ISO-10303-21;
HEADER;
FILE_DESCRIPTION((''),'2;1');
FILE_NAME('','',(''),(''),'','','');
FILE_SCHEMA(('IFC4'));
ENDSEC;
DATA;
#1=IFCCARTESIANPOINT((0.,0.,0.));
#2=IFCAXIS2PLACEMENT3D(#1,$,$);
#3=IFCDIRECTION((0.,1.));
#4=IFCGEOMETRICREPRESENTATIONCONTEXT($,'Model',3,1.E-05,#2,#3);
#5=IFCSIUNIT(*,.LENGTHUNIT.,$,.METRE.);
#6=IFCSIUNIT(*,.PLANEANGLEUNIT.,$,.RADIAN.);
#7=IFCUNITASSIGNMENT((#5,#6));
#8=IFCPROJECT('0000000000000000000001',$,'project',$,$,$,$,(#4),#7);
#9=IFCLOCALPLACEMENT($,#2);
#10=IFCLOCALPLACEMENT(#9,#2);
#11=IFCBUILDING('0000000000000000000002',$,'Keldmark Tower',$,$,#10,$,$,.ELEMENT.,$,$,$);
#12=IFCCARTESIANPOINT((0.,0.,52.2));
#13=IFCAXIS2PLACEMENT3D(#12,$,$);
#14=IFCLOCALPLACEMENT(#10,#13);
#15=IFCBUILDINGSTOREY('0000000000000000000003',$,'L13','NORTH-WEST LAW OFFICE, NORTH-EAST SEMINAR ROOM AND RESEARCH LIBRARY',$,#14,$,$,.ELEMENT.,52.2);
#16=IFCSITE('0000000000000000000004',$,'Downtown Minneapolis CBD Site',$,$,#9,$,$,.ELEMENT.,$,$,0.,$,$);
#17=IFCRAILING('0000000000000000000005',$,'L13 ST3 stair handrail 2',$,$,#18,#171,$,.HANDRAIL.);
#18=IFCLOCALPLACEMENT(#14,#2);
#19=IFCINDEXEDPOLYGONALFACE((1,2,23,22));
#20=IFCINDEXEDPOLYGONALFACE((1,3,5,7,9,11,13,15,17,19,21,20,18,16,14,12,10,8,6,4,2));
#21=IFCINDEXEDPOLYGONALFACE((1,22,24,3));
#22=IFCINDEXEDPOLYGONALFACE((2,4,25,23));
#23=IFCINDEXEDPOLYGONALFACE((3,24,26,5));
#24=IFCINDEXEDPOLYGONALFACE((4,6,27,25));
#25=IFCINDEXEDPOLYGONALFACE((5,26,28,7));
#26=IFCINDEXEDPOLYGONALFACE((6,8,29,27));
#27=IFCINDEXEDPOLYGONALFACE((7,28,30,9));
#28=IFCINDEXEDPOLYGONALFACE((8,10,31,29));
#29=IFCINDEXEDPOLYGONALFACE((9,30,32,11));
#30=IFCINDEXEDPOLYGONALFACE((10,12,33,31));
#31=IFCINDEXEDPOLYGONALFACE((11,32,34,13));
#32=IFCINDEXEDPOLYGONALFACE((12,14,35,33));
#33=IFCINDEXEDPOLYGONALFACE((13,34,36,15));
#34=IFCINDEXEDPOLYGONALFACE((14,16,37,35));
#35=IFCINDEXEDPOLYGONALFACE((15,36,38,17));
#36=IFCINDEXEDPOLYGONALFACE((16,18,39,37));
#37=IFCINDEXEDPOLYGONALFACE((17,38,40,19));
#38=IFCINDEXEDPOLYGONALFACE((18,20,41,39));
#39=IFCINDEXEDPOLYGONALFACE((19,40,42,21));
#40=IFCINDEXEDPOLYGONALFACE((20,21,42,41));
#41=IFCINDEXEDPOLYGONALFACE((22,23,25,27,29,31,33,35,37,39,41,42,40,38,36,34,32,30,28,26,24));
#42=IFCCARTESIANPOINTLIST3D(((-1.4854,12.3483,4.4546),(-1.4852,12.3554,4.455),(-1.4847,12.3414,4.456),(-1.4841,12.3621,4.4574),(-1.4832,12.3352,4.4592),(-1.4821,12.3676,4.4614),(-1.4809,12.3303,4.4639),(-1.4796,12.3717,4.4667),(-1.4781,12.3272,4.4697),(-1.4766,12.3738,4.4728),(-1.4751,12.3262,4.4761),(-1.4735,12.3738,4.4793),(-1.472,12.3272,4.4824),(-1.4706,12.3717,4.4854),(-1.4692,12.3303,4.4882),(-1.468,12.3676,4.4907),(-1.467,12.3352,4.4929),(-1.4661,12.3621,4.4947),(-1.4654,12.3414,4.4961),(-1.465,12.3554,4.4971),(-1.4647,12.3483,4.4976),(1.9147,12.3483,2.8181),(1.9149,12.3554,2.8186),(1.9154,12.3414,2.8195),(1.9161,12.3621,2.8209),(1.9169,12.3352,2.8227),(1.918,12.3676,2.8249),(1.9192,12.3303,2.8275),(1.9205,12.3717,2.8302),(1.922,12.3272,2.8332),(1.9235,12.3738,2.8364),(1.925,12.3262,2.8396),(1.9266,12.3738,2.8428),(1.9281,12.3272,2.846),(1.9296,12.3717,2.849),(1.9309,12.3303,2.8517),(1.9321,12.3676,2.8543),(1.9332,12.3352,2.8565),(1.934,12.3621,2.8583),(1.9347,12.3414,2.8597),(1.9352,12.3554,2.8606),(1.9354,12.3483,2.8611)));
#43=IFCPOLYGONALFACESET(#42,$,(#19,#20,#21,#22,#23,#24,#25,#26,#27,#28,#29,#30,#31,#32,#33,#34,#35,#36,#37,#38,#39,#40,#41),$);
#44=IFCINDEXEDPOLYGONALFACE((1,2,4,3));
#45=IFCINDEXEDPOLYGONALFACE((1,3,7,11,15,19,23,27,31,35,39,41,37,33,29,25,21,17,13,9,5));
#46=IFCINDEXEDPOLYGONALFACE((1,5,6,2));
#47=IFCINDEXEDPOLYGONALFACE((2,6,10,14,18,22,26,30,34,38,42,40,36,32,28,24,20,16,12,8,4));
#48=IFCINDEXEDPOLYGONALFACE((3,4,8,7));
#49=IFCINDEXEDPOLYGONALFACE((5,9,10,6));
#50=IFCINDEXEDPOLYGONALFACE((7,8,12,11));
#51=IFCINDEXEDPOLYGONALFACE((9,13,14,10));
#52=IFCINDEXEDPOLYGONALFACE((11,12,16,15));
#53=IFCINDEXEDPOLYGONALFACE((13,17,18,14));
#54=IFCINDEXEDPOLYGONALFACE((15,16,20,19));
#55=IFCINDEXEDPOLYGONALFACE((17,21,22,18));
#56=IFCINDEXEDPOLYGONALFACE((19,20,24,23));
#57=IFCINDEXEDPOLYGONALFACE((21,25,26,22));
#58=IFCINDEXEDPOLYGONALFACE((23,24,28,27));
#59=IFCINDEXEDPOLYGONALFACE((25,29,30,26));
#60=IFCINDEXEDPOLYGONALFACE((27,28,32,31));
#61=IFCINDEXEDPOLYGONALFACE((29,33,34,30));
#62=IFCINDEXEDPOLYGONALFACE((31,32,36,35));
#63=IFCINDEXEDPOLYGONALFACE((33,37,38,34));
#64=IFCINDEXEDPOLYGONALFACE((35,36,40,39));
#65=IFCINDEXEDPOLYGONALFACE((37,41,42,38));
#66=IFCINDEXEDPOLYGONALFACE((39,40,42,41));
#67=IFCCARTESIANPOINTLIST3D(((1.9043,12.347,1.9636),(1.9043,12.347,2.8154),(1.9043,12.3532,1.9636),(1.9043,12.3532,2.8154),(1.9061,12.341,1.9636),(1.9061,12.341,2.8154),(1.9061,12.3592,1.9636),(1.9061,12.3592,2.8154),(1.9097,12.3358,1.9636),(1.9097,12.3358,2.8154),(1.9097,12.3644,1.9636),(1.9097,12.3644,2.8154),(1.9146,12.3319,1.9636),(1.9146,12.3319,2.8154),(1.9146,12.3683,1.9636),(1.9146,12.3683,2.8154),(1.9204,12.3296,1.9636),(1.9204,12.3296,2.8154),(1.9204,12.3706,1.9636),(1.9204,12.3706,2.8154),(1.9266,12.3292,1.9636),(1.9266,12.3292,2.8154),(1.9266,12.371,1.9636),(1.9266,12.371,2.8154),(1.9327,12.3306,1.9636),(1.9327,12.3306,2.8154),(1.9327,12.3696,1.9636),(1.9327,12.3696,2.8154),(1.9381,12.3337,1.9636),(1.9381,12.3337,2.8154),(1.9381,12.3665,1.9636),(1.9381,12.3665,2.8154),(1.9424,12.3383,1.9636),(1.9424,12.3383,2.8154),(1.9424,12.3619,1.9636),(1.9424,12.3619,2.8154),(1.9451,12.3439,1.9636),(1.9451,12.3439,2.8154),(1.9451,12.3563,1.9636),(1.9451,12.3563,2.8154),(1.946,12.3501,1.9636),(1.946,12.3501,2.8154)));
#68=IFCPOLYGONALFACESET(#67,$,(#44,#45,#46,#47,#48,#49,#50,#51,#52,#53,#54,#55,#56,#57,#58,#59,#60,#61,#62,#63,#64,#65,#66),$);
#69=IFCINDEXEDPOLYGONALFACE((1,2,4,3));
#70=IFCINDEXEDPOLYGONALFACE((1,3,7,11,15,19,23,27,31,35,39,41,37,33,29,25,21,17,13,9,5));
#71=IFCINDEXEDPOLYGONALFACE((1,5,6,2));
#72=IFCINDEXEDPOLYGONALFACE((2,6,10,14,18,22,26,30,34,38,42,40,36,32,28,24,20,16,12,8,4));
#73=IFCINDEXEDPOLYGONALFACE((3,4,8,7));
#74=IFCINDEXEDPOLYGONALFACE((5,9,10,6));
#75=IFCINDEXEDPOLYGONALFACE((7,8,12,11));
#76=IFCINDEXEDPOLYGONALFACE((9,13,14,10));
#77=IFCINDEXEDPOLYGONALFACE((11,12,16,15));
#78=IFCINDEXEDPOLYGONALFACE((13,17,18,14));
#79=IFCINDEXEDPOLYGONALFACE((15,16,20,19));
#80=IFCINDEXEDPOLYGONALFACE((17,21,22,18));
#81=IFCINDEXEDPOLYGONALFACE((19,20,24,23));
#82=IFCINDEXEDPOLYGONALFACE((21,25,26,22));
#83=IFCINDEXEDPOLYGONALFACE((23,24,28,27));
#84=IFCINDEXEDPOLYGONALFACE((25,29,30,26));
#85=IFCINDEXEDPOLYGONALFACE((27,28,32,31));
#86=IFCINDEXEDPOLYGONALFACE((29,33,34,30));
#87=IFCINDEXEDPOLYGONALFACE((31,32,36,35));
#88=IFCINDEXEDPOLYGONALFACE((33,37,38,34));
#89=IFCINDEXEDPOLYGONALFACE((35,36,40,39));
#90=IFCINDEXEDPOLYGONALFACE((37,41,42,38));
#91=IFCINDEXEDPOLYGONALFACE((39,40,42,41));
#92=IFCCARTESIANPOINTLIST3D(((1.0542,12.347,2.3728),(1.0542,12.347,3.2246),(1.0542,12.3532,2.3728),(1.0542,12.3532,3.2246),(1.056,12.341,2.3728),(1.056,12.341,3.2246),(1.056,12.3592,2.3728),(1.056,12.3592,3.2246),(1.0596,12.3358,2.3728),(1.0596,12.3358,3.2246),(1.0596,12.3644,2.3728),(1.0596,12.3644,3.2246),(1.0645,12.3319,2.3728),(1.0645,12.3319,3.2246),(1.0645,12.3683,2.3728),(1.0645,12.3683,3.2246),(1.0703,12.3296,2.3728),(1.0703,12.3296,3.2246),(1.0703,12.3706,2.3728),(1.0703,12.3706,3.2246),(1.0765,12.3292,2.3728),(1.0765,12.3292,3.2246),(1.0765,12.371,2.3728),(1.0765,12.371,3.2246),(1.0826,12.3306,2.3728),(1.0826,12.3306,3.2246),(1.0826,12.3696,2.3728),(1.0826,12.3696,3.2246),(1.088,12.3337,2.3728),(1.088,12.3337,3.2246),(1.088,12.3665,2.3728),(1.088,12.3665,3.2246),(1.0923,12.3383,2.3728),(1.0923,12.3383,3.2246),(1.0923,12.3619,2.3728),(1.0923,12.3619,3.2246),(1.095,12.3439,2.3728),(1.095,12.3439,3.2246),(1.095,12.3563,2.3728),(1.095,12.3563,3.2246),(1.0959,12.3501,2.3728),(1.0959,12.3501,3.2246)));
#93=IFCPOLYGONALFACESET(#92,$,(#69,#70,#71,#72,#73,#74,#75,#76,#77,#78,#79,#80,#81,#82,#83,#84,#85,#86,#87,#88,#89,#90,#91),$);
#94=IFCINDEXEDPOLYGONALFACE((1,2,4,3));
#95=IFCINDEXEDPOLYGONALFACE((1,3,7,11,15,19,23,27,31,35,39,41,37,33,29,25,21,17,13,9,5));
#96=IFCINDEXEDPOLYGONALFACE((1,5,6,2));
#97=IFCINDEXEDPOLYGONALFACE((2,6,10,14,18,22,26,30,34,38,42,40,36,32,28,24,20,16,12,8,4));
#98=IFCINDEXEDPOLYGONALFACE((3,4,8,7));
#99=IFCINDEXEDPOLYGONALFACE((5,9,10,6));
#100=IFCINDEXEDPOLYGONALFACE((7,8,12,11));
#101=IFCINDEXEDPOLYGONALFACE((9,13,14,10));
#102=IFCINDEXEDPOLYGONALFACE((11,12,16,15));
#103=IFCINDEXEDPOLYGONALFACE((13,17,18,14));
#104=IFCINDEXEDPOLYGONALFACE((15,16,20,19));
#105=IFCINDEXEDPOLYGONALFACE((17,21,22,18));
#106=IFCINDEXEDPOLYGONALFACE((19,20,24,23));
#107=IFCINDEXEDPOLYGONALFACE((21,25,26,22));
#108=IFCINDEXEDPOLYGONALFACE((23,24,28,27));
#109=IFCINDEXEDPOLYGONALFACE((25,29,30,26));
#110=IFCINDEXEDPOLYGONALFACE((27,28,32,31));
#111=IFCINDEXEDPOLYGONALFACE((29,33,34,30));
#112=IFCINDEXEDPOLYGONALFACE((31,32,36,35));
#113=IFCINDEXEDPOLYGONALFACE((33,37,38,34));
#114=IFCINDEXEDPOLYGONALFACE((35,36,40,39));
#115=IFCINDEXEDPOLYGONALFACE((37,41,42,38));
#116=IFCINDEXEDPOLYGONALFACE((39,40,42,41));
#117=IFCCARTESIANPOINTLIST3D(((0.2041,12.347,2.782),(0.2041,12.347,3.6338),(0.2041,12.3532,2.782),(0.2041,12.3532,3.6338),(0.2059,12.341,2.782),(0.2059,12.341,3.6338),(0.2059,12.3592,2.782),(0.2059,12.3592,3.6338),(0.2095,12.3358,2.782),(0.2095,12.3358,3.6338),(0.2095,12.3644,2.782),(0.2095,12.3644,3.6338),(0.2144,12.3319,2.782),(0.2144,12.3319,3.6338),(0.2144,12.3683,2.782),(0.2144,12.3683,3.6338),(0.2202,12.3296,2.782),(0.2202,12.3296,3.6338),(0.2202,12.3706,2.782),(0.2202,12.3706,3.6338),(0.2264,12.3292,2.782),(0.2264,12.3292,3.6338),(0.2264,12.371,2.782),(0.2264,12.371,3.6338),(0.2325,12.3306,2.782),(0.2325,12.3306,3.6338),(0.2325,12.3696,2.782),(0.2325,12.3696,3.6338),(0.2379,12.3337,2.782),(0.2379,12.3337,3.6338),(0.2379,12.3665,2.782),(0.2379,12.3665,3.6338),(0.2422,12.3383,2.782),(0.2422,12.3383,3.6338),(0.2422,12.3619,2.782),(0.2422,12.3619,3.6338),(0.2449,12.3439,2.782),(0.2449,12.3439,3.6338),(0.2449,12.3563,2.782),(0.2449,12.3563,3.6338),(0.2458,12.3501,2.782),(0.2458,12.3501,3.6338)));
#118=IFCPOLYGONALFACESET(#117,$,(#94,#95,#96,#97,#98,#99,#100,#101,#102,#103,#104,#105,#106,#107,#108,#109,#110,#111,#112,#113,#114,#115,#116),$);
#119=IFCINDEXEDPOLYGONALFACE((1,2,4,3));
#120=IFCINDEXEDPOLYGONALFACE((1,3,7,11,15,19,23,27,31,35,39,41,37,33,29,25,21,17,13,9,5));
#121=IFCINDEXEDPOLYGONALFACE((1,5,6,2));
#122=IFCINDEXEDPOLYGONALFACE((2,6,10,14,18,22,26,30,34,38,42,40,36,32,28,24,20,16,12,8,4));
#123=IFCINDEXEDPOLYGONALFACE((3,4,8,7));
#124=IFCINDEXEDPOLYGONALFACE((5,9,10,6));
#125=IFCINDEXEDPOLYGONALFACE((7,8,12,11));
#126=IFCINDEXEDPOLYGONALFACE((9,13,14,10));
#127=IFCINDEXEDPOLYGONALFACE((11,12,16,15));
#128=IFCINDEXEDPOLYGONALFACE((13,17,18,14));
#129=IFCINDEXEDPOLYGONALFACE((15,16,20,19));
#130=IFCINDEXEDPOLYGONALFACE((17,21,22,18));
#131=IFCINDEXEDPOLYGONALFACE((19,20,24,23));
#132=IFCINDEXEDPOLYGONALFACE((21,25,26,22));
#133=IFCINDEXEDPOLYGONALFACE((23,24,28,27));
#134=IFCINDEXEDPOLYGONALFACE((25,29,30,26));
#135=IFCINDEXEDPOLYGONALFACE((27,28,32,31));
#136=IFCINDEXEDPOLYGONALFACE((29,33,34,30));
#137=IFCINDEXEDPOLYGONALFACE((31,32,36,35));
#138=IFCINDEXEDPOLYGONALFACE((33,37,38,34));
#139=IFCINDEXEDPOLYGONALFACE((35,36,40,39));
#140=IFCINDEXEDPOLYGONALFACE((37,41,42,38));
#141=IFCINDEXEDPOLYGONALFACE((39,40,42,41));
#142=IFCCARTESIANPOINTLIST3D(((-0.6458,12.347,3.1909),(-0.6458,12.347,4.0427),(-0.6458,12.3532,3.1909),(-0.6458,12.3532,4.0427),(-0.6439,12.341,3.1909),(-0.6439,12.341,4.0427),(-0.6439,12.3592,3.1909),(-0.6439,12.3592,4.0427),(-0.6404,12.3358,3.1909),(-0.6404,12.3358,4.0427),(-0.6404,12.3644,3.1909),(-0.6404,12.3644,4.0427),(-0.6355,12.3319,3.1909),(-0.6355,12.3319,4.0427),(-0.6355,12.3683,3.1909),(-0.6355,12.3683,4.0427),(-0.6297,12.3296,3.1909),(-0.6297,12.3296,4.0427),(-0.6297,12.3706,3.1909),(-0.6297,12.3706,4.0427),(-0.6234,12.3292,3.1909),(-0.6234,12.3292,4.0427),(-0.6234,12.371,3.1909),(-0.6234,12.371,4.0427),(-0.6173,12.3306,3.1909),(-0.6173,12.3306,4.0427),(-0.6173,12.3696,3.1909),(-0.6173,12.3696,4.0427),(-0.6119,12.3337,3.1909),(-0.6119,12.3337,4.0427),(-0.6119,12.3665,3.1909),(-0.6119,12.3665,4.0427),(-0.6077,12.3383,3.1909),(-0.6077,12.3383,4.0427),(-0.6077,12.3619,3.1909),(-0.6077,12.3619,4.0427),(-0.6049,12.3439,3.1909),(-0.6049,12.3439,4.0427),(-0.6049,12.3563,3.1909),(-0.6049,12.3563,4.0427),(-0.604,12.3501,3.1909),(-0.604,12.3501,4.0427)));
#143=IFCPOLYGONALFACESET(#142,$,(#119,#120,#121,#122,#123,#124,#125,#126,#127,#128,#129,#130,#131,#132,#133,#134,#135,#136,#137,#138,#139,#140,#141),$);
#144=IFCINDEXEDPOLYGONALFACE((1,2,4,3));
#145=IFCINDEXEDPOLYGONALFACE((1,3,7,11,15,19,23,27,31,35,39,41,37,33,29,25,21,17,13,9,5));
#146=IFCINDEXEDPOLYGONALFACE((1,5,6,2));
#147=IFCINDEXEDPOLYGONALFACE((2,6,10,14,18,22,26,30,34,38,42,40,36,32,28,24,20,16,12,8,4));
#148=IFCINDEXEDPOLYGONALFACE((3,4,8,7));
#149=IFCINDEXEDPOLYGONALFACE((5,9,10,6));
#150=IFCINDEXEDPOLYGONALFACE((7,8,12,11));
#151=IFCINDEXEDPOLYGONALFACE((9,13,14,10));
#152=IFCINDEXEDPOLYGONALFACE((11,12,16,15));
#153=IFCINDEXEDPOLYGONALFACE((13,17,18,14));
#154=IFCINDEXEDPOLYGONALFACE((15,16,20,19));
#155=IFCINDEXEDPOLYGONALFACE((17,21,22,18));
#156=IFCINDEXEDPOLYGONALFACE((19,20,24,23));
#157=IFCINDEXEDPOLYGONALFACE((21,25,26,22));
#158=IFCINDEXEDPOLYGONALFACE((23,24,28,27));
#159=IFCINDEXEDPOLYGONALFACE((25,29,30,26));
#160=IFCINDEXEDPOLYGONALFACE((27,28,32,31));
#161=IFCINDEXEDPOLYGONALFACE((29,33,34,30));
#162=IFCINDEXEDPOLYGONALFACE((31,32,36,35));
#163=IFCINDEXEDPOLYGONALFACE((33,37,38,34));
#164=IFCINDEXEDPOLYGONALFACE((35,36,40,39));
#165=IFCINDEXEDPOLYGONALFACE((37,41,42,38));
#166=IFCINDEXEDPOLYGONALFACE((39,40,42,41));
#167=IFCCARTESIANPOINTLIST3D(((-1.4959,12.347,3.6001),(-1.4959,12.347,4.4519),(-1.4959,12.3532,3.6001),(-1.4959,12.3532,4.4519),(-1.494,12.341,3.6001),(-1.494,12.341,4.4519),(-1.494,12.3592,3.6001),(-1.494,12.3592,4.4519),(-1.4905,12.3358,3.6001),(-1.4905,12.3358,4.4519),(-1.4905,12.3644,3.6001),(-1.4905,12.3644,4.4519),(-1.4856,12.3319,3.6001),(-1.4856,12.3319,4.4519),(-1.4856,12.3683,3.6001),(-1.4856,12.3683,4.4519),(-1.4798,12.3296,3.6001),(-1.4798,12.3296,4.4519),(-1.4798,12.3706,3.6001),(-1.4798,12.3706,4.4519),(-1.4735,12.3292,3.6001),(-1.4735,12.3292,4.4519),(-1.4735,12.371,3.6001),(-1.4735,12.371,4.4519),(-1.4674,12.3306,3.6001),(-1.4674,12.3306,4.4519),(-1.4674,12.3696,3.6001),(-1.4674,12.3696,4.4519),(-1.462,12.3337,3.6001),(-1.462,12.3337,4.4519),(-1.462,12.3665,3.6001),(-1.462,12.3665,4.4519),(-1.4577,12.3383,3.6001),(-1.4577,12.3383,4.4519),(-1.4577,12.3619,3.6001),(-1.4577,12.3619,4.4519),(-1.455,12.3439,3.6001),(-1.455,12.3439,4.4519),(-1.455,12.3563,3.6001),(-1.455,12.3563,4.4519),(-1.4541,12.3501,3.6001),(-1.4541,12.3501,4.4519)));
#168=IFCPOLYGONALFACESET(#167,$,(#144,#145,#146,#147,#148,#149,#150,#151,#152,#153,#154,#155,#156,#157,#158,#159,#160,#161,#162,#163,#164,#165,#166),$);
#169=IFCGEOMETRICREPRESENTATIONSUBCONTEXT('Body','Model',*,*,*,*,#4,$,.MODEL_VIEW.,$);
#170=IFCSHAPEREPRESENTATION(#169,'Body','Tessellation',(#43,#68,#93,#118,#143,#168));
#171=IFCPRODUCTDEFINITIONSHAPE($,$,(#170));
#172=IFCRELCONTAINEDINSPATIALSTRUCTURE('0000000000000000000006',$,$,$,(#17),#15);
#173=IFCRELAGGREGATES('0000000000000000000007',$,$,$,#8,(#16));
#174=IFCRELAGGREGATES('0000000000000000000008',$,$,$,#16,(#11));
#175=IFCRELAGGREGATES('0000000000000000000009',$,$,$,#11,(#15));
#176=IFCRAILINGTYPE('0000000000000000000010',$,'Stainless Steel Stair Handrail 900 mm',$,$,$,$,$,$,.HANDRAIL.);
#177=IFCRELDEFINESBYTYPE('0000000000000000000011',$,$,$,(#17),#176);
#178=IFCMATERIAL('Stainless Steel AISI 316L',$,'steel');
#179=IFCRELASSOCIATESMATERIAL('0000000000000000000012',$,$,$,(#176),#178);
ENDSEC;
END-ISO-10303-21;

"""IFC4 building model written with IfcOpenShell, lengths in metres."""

from ifc_helpers import new_model, si_unit, direction, frame, origin, origin_2d, place, context, subcontext, project, spatial, circle, extrude, material, type_object, element, save


model = new_model("IFC4")

# Units and contexts
model_context = context("Model", 3, precision=1e-05, world=origin(), true_north=direction((0.0, 1.0)))
body_context = subcontext(model_context, "Body", "Model", "MODEL_VIEW")
ifc_project = project(units=[si_unit("LENGTHUNIT", "METRE"), si_unit("PLANEANGLEUNIT", "RADIAN")], contexts=[model_context])

# Site, building, storey
site_placement = place(None, origin())
site = spatial("IfcSite", under=ifc_project, at=site_placement, Name="Downtown Minneapolis CBD Site", CompositionType="ELEMENT", RefElevation=0.0)
building_placement = place(site_placement, origin())
building = spatial("IfcBuilding", under=site, at=building_placement, Name="Keldmark Tower", CompositionType="ELEMENT")
storey_placement = place(building_placement, frame((0.0, 0.0, 52.2)))
storey = spatial("IfcBuildingStorey", under=building, at=storey_placement, Name="L13", Description="NORTH-WEST LAW OFFICE, NORTH-EAST SEMINAR ROOM AND RESEARCH LIBRARY", CompositionType="ELEMENT", Elevation=52.2)

# Railing
ifc_material_1 = material(Name="Stainless Steel AISI 316L", Category="steel")
railing_type_1 = type_object("IfcRailingType", Name="Stainless Steel Stair Handrail 900 mm", PredefinedType="HANDRAIL", material=ifc_material_1)
railing_1_placement = place(storey_placement, frame((1.925, 12.3501, 1.9636)))
element("IfcRailing", 1, at=railing_1_placement, inside=storey, type_object=railing_type_1, Name="L13 ST3 stair handrail 2", PredefinedType="HANDRAIL", context=body_context, shape_type="SweptSolid", body=[
    extrude(circle(Radius=0.0239, at=origin_2d()), frame((0.0, 0.0, 0.876), z_axis=(-0.901067, 0.0, 0.433679), x_axis=(0.0, -1.0, 0.0)), (0.0, 0.0, 1.0), 3.7734),
    extrude(circle(Radius=0.021, at=origin_2d()), origin(), (0.0, 0.0, 1.0), 0.8518),
    extrude(circle(Radius=0.021, at=origin_2d()), frame((-0.8501, 0.0, 0.4092)), (0.0, 0.0, 1.0), 0.8518),
    extrude(circle(Radius=0.021, at=origin_2d()), frame((-1.7002, 0.0, 0.8184)), (0.0, 0.0, 1.0), 0.8518),
    extrude(circle(Radius=0.021, at=origin_2d()), frame((-2.55, 0.0, 1.2273)), (0.0, 0.0, 1.0), 0.8518),
    extrude(circle(Radius=0.021, at=origin_2d()), frame((-3.4001, 0.0, 1.6365)), (0.0, 0.0, 1.0), 0.8518),
])

save(model, "model.ifc")
